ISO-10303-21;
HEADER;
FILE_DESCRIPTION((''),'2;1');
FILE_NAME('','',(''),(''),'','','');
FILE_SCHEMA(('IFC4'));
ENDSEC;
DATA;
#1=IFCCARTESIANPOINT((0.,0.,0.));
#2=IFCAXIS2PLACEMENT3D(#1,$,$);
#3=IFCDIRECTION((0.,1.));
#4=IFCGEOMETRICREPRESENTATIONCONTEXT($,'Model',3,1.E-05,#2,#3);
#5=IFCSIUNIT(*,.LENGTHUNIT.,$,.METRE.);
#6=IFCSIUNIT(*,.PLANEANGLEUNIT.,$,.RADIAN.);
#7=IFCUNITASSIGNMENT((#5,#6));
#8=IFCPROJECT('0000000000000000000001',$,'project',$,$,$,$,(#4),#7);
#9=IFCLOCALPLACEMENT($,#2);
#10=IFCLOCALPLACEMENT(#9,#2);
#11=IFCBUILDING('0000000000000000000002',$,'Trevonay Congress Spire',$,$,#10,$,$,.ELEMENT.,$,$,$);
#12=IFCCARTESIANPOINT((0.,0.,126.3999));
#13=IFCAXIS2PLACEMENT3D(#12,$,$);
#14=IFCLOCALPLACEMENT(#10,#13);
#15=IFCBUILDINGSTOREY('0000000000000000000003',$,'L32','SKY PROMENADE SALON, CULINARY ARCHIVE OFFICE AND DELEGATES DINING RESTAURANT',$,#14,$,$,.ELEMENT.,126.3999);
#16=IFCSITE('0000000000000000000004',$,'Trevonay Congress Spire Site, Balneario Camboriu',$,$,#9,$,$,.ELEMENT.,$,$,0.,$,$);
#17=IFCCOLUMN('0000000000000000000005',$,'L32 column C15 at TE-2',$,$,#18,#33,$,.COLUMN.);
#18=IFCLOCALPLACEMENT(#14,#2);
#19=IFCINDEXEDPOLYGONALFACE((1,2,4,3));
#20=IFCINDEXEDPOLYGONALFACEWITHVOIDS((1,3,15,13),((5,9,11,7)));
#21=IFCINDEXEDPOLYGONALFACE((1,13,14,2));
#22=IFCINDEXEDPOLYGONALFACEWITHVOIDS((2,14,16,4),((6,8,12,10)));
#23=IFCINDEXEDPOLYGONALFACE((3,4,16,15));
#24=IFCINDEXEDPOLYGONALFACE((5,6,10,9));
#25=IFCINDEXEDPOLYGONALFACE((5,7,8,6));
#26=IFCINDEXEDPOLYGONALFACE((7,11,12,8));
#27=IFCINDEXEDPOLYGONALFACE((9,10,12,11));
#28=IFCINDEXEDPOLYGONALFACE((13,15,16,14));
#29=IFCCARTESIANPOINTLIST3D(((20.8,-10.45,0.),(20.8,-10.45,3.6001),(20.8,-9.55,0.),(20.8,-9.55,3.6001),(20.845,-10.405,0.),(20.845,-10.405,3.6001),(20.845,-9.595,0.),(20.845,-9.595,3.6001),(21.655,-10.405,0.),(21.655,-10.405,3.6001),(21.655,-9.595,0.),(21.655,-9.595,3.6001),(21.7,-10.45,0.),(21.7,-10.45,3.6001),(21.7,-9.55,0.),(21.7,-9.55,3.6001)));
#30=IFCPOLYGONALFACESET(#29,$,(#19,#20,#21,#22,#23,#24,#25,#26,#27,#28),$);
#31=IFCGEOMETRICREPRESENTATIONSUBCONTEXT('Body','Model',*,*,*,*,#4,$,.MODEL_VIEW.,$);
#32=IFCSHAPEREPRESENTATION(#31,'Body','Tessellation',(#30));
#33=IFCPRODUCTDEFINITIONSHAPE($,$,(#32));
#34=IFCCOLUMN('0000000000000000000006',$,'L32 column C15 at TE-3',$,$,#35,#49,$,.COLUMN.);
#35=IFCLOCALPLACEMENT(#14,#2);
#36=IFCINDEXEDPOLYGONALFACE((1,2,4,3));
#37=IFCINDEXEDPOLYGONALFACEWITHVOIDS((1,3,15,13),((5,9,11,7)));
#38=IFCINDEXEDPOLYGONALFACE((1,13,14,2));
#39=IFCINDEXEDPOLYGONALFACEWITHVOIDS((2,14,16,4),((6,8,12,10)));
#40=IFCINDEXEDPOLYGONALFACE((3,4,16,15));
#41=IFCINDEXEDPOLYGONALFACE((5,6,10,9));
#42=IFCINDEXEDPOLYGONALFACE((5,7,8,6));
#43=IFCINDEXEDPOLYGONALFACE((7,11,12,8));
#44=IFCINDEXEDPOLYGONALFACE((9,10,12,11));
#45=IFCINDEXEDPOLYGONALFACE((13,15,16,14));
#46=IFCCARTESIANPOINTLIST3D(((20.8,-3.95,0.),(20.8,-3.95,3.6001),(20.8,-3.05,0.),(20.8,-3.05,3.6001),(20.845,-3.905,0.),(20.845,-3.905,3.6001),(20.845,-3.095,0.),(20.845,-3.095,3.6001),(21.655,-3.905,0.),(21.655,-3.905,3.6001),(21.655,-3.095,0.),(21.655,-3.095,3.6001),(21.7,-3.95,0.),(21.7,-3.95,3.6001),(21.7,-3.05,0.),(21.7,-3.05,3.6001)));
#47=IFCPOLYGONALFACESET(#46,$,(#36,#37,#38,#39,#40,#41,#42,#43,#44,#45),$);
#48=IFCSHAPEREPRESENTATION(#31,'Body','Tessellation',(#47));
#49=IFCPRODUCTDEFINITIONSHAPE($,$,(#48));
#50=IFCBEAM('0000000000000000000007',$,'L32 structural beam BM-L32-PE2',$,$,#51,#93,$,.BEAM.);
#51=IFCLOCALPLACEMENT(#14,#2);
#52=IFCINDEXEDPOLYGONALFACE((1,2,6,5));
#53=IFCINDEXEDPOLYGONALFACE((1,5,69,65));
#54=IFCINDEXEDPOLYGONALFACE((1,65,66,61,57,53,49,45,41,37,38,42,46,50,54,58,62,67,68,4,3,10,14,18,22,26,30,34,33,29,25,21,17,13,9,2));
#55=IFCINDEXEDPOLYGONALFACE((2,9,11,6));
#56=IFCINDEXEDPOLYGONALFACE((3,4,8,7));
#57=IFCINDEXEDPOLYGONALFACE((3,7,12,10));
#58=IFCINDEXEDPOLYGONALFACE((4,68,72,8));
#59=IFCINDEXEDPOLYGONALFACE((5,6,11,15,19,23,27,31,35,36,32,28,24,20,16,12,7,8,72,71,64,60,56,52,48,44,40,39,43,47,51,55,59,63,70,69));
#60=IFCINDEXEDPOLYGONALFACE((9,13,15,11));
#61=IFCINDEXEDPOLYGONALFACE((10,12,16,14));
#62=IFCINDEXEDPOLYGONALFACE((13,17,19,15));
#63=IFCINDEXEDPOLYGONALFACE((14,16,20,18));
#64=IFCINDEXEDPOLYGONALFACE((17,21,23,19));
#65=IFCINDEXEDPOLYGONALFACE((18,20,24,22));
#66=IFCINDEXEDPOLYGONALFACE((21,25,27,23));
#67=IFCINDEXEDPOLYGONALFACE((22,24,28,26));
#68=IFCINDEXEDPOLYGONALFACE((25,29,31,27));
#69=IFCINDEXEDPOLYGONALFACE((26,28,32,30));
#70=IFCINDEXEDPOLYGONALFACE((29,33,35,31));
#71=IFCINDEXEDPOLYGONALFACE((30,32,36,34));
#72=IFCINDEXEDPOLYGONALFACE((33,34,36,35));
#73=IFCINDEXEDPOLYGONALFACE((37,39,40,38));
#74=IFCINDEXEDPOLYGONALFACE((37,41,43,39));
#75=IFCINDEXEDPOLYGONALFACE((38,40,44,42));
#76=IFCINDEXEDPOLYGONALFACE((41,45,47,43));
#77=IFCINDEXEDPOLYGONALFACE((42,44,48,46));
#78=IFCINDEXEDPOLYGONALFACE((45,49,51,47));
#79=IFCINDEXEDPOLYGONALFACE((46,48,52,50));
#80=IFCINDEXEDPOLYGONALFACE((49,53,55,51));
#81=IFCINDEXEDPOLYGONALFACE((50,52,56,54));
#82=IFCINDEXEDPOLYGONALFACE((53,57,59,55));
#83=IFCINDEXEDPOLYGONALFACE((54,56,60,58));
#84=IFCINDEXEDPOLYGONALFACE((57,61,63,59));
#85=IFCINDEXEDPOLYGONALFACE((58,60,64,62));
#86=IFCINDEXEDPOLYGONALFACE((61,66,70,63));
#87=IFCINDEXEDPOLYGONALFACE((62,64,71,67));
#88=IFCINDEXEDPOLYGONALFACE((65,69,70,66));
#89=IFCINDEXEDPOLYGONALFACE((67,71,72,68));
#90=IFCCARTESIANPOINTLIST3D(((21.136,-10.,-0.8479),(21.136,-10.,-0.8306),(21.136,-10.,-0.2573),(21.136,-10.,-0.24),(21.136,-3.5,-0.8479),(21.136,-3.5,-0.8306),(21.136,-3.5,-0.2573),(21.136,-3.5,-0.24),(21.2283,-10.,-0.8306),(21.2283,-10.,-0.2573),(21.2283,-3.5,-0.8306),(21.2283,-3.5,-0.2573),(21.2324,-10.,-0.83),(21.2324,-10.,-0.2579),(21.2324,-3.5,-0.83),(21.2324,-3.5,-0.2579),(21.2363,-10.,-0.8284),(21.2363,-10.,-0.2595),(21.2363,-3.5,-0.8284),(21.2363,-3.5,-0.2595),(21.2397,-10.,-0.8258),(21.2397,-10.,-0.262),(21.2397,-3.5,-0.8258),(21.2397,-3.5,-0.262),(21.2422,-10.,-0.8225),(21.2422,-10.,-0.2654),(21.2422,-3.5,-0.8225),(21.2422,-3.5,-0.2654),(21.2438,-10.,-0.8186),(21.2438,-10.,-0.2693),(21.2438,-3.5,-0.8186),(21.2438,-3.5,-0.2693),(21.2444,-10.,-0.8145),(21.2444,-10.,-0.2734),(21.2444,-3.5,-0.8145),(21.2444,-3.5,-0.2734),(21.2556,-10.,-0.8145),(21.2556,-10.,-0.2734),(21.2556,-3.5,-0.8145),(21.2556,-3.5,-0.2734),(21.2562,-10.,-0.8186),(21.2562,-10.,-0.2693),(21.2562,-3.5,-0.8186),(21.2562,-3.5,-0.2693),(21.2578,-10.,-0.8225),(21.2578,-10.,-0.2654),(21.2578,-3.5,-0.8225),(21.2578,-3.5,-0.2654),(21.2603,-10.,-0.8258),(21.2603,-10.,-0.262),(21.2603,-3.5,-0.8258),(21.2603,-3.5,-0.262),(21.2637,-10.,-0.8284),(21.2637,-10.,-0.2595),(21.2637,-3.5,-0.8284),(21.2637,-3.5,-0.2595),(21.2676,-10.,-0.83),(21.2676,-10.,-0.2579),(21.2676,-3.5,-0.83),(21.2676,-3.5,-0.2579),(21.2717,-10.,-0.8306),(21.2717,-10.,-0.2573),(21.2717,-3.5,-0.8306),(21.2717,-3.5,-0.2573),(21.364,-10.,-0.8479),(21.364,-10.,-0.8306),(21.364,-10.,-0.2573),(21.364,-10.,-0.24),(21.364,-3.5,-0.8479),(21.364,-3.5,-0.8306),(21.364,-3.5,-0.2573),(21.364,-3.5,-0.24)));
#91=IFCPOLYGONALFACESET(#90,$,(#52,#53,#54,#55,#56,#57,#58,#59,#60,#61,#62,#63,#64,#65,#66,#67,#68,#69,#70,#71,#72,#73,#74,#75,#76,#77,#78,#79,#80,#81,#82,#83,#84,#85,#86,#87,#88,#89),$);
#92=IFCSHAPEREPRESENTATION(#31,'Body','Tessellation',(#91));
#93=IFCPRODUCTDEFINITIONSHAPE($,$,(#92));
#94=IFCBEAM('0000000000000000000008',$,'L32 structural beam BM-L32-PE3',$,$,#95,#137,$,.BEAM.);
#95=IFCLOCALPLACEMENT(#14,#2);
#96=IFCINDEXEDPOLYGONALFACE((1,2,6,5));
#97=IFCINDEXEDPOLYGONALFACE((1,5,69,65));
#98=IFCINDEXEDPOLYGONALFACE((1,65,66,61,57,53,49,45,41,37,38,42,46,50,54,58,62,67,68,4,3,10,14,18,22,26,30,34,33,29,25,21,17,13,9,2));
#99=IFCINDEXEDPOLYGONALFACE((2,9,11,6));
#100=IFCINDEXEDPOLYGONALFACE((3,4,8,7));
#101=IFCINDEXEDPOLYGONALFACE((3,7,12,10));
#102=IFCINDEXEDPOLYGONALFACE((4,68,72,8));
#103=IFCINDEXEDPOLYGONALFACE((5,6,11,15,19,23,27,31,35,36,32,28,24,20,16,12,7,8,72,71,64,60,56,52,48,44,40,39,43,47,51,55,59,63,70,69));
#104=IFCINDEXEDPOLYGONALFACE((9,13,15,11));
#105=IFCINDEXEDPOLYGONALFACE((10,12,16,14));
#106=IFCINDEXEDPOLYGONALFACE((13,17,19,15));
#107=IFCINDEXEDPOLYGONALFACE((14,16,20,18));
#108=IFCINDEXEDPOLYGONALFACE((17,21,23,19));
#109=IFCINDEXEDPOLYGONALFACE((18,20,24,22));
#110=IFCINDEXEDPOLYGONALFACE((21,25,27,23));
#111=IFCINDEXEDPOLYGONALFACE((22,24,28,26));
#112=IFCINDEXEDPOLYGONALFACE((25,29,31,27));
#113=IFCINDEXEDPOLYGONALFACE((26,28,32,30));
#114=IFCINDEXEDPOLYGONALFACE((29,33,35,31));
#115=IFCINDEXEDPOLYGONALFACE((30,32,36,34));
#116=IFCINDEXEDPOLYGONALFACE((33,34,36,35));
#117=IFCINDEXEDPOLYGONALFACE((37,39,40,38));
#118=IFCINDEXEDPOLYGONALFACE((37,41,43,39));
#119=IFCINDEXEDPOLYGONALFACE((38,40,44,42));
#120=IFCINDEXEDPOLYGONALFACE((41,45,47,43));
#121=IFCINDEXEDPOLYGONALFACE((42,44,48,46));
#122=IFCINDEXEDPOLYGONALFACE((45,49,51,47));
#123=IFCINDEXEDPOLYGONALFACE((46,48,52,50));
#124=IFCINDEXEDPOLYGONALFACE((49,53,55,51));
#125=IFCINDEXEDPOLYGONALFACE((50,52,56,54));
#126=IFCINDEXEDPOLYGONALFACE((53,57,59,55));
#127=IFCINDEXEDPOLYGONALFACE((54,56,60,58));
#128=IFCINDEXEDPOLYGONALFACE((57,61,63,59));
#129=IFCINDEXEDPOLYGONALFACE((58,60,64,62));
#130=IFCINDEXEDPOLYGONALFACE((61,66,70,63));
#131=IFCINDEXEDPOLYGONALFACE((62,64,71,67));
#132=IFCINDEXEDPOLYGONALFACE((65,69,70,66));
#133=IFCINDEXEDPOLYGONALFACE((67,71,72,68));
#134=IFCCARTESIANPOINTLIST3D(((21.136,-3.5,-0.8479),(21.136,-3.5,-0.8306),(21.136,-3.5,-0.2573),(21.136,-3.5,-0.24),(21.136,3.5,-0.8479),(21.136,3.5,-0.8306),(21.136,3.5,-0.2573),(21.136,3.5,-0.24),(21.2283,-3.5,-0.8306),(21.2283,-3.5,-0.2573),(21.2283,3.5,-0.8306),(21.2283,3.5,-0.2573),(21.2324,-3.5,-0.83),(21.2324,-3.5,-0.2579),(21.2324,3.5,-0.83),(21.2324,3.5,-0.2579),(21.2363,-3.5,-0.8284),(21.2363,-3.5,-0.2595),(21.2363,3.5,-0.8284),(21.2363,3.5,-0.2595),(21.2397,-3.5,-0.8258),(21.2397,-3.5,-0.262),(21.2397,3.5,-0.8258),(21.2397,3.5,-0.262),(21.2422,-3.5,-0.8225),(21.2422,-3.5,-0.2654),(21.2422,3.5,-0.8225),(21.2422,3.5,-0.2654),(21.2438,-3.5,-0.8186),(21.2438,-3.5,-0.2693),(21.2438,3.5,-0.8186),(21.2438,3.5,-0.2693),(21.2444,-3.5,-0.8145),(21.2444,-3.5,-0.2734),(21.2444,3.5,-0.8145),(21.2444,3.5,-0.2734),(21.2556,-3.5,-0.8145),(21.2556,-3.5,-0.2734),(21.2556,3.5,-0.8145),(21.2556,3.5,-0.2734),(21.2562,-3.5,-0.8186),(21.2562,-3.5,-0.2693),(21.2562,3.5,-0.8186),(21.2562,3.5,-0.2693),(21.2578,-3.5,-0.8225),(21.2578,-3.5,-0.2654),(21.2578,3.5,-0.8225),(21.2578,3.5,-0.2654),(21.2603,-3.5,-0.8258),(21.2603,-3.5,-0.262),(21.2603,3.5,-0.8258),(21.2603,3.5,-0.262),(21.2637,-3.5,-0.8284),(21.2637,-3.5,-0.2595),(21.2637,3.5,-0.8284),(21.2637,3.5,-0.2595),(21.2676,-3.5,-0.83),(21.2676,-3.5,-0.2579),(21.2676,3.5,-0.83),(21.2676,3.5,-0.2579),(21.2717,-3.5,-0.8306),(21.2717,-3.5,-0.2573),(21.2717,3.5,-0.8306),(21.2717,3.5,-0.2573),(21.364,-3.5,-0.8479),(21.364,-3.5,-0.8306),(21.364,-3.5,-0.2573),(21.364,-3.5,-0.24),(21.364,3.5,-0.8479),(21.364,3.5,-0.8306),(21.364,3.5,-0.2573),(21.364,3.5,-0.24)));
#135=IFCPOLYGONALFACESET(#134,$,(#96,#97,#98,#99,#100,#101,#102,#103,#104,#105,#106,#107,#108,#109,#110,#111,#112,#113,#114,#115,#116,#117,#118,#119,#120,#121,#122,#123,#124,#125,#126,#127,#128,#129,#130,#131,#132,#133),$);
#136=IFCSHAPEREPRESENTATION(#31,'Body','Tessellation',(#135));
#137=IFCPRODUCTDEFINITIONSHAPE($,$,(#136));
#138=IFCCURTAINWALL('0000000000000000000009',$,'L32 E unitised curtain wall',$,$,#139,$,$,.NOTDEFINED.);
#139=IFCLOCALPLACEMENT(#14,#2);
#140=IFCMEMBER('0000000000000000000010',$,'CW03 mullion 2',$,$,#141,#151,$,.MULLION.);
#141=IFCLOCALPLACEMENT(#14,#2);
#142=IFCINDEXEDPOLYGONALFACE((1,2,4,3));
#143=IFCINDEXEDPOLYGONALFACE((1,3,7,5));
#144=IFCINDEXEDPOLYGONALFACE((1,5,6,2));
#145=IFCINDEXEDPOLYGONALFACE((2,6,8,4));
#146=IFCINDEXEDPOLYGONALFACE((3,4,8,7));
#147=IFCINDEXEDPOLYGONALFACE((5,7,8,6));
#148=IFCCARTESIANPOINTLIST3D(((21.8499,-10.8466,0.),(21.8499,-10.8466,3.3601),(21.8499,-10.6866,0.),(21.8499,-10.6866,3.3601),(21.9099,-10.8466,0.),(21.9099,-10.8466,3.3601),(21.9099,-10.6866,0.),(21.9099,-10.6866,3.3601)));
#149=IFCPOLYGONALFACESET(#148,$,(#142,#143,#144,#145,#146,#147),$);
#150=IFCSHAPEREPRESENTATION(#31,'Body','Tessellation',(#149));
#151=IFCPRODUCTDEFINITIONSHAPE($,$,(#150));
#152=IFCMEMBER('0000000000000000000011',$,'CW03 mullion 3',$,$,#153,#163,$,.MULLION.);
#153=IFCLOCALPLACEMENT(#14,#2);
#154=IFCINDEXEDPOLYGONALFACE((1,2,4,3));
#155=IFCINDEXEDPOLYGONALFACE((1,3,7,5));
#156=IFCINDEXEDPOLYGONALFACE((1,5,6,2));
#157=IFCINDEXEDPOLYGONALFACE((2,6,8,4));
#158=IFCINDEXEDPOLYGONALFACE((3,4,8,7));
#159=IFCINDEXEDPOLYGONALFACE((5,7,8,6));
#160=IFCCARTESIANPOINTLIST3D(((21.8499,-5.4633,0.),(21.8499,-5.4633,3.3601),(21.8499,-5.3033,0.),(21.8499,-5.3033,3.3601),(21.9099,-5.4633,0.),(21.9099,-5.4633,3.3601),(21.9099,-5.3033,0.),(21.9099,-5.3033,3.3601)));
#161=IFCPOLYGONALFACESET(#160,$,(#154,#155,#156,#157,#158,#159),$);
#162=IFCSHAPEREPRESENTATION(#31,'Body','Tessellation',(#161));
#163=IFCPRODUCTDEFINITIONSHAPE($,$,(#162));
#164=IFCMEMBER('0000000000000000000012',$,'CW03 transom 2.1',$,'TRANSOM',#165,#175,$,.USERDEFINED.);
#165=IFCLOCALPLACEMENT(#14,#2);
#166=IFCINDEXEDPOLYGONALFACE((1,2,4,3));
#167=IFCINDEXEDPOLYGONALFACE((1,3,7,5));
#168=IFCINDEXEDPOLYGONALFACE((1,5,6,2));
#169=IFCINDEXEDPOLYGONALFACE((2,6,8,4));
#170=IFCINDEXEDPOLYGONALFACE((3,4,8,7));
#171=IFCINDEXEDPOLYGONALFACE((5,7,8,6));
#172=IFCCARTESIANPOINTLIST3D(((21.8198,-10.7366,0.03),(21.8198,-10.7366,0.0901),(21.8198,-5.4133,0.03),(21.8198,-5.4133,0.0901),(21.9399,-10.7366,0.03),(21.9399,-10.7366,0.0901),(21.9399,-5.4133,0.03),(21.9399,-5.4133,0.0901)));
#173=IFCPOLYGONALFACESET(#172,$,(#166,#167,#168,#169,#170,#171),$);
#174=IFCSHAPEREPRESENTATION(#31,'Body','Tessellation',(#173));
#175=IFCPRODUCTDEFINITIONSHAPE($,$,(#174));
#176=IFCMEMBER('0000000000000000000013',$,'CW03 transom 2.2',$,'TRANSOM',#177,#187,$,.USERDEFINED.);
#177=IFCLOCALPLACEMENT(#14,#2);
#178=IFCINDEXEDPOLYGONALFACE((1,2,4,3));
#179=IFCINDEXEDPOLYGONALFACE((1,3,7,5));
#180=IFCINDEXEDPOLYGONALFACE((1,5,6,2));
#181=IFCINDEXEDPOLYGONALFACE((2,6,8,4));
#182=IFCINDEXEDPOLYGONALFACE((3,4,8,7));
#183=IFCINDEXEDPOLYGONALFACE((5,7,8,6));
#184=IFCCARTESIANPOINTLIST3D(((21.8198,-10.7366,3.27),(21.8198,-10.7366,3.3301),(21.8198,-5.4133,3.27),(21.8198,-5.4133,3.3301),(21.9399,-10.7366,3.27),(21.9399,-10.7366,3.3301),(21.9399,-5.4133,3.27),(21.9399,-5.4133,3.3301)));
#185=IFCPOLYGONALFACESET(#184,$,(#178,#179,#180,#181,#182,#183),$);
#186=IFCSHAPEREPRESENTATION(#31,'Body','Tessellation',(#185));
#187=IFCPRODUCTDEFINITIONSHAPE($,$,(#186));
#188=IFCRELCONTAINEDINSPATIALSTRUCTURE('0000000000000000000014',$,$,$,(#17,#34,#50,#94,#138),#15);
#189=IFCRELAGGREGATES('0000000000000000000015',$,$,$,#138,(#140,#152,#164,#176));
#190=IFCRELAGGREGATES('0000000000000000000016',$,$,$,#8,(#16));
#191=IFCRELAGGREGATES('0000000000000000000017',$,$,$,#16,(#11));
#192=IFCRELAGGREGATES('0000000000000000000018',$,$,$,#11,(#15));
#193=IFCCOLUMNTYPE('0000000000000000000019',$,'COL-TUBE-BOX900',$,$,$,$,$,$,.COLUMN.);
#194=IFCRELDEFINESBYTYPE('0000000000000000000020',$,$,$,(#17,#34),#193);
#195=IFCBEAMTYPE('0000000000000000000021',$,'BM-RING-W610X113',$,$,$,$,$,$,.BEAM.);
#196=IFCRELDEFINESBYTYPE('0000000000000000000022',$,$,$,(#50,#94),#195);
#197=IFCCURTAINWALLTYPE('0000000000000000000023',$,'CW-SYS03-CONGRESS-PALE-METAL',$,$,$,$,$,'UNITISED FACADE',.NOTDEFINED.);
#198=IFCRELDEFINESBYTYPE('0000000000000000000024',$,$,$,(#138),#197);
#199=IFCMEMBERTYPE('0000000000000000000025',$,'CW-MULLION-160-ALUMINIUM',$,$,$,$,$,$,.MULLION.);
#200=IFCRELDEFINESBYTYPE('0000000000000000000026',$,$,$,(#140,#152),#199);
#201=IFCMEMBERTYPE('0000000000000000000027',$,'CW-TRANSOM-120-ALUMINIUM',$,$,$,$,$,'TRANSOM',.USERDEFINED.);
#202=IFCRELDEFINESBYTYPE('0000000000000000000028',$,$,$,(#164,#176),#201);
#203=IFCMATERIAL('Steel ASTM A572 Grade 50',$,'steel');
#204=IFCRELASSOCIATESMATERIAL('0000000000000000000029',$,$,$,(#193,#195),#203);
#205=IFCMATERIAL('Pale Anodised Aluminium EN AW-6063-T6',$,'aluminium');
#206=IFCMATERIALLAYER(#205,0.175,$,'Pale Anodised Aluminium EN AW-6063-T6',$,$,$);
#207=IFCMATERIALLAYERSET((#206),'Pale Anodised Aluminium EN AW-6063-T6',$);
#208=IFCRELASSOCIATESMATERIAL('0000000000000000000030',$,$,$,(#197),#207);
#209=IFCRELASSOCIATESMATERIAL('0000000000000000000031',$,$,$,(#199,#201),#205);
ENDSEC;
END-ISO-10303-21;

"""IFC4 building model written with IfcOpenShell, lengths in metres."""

from ifc_helpers import new_model, si_unit, direction, frame, origin, origin_2d, place, context, subcontext, project, spatial, rectangle, hollow_rectangle, i_section, extrude, material, layer, layer_set, material_profile, profile_set, type_object, element, aggregate, save


model = new_model("IFC4")

# Units and contexts
model_context = context("Model", 3, precision=1e-05, world=origin(), true_north=direction((0.0, 1.0)))
body_context = subcontext(model_context, "Body", "Model", "MODEL_VIEW")
ifc_project = project(units=[si_unit("LENGTHUNIT", "METRE"), si_unit("PLANEANGLEUNIT", "RADIAN")], contexts=[model_context])

# Site, building, storey
site_placement = place(None, origin())
site = spatial("IfcSite", under=ifc_project, at=site_placement, Name="Trevonay Congress Spire Site, Balneario Camboriu", CompositionType="ELEMENT", RefElevation=0.0)
building_placement = place(site_placement, origin())
building = spatial("IfcBuilding", under=site, at=building_placement, Name="Trevonay Congress Spire", CompositionType="ELEMENT")
storey_placement = place(building_placement, frame((0.0, 0.0, 126.3999)))
storey = spatial("IfcBuildingStorey", under=building, at=storey_placement, Name="L32", Description="SKY PROMENADE SALON, CULINARY ARCHIVE OFFICE AND DELEGATES DINING RESTAURANT", CompositionType="ELEMENT", Elevation=126.3999)

# Columns
ifc_material_1 = material(Name="Steel ASTM A572 Grade 50", Category="steel")
ifc_material_profile_1 = material_profile(ifc_material_1, hollow_rectangle(XDim=0.8999, YDim=0.8999, WallThickness=0.0449, at=origin_2d()), Name="BOX 900x900x45")
ifc_profile_set_1 = profile_set([ifc_material_profile_1], Name="Steel ASTM A572 Grade 50")
column_type = type_object("IfcColumnType", Name="COL-TUBE-BOX900", PredefinedType="COLUMN", material=ifc_profile_set_1)
for number, where, z_axis, x_axis, name in (
    (1, (21.25, -10.0, 0.0), (0.0, 0.0, 1.0), (1.0, 0.0, 0.0), "L32 column C15 at TE-2"),
    (2, (21.25, -3.5, 0.0), (0.0, 0.0, 1.0), (1.0, 0.0, 0.0), "L32 column C15 at TE-3"),
):
    element("IfcColumn", number, at=place(storey_placement, frame(where, z_axis=z_axis, x_axis=x_axis)), inside=storey, type_object=column_type, Name=name, PredefinedType="COLUMN", context=body_context, shape_type="SweptSolid", body=[
        extrude(hollow_rectangle(XDim=0.8999, YDim=0.8999, WallThickness=0.0449, at=origin_2d()), origin(), (0.0, 0.0, 1.0), 3.6001),
    ])

# Beams
ifc_material_profile_2 = material_profile(ifc_material_1, i_section(OverallWidth=0.228, OverallDepth=0.6079, WebThickness=0.0112, FlangeThickness=0.0173, FilletRadius=0.0161, at=origin_2d()), Name="W610x113")
ifc_profile_set_2 = profile_set([ifc_material_profile_2], Name="Steel ASTM A572 Grade 50")
beam_type = type_object("IfcBeamType", Name="BM-RING-W610X113", PredefinedType="BEAM", material=ifc_profile_set_2)
beam_1_placement = place(storey_placement, frame((21.25, -10.0, -0.5439), z_axis=(0.0, 1.0, 0.0), x_axis=(-1.0, 0.0, 0.0)))
element("IfcBeam", 3, at=beam_1_placement, inside=storey, type_object=beam_type, Name="L32 structural beam BM-L32-PE2", PredefinedType="BEAM", context=body_context, shape_type="SweptSolid", body=[
    extrude(i_section(OverallWidth=0.228, OverallDepth=0.6079, WebThickness=0.0112, FlangeThickness=0.0173, FilletRadius=0.0161, at=origin_2d()), origin(), (0.0, 0.0, 1.0), 6.5),
])
beam_2_placement = place(storey_placement, frame((21.25, -3.5, -0.5439), z_axis=(0.0, 1.0, 0.0), x_axis=(-1.0, 0.0, 0.0)))
element("IfcBeam", 4, at=beam_2_placement, inside=storey, type_object=beam_type, Name="L32 structural beam BM-L32-PE3", PredefinedType="BEAM", context=body_context, shape_type="SweptSolid", body=[
    extrude(i_section(OverallWidth=0.228, OverallDepth=0.6079, WebThickness=0.0112, FlangeThickness=0.0173, FilletRadius=0.0161, at=origin_2d()), origin(), (0.0, 0.0, 1.0), 7.0),
])

# Curtain wall, members
ifc_material_2 = material(Name="Pale Anodised Aluminium EN AW-6063-T6", Category="aluminium")
ifc_layer_1 = layer(ifc_material_2, 0.175, Name="Pale Anodised Aluminium EN AW-6063-T6")
ifc_layer_set_1 = layer_set([ifc_layer_1], Name="Pale Anodised Aluminium EN AW-6063-T6")
curtain_wall_type = type_object("IfcCurtainWallType", Name="CW-SYS03-CONGRESS-PALE-METAL", ElementType="UNITISED FACADE", PredefinedType="NOTDEFINED", material=ifc_layer_set_1)
curtain_wall_placement = place(storey_placement, origin())
curtain_wall = element("IfcCurtainWall", 5, at=curtain_wall_placement, inside=storey, type_object=curtain_wall_type, Name="L32 E unitised curtain wall", PredefinedType="NOTDEFINED")
ifc_material_profile_3 = material_profile(ifc_material_2, rectangle(XDim=0.0601, YDim=0.1599, at=origin_2d()), Name="CW-MULLION-160-ALUMINIUM")
ifc_profile_set_3 = profile_set([ifc_material_profile_3], Name="Pale Anodised Aluminium EN AW-6063-T6")
member_type_1 = type_object("IfcMemberType", Name="CW-MULLION-160-ALUMINIUM", PredefinedType="MULLION", material=ifc_profile_set_3)
member_1_placement = place(storey_placement, frame((21.8799, -10.7666, 0.0), z_axis=(0.0, 0.0, 1.0), x_axis=(-1.0, 0.0, 0.0)))
member_1 = element("IfcMember", 6, at=member_1_placement, type_object=member_type_1, Name="CW03 mullion 2", PredefinedType="MULLION", context=body_context, shape_type="SweptSolid", body=[
    extrude(rectangle(XDim=0.0601, YDim=0.1599, at=origin_2d()), origin(), (0.0, 0.0, 1.0), 3.3601),
])
member_2_placement = place(storey_placement, frame((21.8799, -5.3833, 0.0), z_axis=(0.0, 0.0, 1.0), x_axis=(-1.0, 0.0, 0.0)))
member_2 = element("IfcMember", 7, at=member_2_placement, type_object=member_type_1, Name="CW03 mullion 3", PredefinedType="MULLION", context=body_context, shape_type="SweptSolid", body=[
    extrude(rectangle(XDim=0.0601, YDim=0.1599, at=origin_2d()), origin(), (0.0, 0.0, 1.0), 3.3601),
])
ifc_material_profile_4 = material_profile(ifc_material_2, rectangle(XDim=0.1201, YDim=0.0601, at=origin_2d()), Name="CW-TRANSOM-120-ALUMINIUM")
ifc_profile_set_4 = profile_set([ifc_material_profile_4], Name="Pale Anodised Aluminium EN AW-6063-T6")
member_type_2 = type_object("IfcMemberType", Name="CW-TRANSOM-120-ALUMINIUM", ElementType="TRANSOM", PredefinedType="USERDEFINED", material=ifc_profile_set_4)
member_3_placement = place(storey_placement, frame((21.8799, -10.7366, 0.0601), z_axis=(0.0, 1.0, 0.0), x_axis=(-1.0, 0.0, 0.0)))
member_3 = element("IfcMember", 8, at=member_3_placement, type_object=member_type_2, Name="CW03 transom 2.1", ObjectType="TRANSOM", PredefinedType="USERDEFINED", context=body_context, shape_type="SweptSolid", body=[
    extrude(rectangle(XDim=0.1201, YDim=0.0601, at=origin_2d()), origin(), (0.0, 0.0, 1.0), 5.3232),
])
member_4_placement = place(storey_placement, frame((21.8799, -10.7366, 3.3), z_axis=(0.0, 1.0, 0.0), x_axis=(-1.0, 0.0, 0.0)))
member_4 = element("IfcMember", 9, at=member_4_placement, type_object=member_type_2, Name="CW03 transom 2.2", ObjectType="TRANSOM", PredefinedType="USERDEFINED", context=body_context, shape_type="SweptSolid", body=[
    extrude(rectangle(XDim=0.1201, YDim=0.0601, at=origin_2d()), origin(), (0.0, 0.0, 1.0), 5.3232),
])
aggregate(curtain_wall, [member_1, member_2, member_3, member_4])

save(model, "model.ifc")
